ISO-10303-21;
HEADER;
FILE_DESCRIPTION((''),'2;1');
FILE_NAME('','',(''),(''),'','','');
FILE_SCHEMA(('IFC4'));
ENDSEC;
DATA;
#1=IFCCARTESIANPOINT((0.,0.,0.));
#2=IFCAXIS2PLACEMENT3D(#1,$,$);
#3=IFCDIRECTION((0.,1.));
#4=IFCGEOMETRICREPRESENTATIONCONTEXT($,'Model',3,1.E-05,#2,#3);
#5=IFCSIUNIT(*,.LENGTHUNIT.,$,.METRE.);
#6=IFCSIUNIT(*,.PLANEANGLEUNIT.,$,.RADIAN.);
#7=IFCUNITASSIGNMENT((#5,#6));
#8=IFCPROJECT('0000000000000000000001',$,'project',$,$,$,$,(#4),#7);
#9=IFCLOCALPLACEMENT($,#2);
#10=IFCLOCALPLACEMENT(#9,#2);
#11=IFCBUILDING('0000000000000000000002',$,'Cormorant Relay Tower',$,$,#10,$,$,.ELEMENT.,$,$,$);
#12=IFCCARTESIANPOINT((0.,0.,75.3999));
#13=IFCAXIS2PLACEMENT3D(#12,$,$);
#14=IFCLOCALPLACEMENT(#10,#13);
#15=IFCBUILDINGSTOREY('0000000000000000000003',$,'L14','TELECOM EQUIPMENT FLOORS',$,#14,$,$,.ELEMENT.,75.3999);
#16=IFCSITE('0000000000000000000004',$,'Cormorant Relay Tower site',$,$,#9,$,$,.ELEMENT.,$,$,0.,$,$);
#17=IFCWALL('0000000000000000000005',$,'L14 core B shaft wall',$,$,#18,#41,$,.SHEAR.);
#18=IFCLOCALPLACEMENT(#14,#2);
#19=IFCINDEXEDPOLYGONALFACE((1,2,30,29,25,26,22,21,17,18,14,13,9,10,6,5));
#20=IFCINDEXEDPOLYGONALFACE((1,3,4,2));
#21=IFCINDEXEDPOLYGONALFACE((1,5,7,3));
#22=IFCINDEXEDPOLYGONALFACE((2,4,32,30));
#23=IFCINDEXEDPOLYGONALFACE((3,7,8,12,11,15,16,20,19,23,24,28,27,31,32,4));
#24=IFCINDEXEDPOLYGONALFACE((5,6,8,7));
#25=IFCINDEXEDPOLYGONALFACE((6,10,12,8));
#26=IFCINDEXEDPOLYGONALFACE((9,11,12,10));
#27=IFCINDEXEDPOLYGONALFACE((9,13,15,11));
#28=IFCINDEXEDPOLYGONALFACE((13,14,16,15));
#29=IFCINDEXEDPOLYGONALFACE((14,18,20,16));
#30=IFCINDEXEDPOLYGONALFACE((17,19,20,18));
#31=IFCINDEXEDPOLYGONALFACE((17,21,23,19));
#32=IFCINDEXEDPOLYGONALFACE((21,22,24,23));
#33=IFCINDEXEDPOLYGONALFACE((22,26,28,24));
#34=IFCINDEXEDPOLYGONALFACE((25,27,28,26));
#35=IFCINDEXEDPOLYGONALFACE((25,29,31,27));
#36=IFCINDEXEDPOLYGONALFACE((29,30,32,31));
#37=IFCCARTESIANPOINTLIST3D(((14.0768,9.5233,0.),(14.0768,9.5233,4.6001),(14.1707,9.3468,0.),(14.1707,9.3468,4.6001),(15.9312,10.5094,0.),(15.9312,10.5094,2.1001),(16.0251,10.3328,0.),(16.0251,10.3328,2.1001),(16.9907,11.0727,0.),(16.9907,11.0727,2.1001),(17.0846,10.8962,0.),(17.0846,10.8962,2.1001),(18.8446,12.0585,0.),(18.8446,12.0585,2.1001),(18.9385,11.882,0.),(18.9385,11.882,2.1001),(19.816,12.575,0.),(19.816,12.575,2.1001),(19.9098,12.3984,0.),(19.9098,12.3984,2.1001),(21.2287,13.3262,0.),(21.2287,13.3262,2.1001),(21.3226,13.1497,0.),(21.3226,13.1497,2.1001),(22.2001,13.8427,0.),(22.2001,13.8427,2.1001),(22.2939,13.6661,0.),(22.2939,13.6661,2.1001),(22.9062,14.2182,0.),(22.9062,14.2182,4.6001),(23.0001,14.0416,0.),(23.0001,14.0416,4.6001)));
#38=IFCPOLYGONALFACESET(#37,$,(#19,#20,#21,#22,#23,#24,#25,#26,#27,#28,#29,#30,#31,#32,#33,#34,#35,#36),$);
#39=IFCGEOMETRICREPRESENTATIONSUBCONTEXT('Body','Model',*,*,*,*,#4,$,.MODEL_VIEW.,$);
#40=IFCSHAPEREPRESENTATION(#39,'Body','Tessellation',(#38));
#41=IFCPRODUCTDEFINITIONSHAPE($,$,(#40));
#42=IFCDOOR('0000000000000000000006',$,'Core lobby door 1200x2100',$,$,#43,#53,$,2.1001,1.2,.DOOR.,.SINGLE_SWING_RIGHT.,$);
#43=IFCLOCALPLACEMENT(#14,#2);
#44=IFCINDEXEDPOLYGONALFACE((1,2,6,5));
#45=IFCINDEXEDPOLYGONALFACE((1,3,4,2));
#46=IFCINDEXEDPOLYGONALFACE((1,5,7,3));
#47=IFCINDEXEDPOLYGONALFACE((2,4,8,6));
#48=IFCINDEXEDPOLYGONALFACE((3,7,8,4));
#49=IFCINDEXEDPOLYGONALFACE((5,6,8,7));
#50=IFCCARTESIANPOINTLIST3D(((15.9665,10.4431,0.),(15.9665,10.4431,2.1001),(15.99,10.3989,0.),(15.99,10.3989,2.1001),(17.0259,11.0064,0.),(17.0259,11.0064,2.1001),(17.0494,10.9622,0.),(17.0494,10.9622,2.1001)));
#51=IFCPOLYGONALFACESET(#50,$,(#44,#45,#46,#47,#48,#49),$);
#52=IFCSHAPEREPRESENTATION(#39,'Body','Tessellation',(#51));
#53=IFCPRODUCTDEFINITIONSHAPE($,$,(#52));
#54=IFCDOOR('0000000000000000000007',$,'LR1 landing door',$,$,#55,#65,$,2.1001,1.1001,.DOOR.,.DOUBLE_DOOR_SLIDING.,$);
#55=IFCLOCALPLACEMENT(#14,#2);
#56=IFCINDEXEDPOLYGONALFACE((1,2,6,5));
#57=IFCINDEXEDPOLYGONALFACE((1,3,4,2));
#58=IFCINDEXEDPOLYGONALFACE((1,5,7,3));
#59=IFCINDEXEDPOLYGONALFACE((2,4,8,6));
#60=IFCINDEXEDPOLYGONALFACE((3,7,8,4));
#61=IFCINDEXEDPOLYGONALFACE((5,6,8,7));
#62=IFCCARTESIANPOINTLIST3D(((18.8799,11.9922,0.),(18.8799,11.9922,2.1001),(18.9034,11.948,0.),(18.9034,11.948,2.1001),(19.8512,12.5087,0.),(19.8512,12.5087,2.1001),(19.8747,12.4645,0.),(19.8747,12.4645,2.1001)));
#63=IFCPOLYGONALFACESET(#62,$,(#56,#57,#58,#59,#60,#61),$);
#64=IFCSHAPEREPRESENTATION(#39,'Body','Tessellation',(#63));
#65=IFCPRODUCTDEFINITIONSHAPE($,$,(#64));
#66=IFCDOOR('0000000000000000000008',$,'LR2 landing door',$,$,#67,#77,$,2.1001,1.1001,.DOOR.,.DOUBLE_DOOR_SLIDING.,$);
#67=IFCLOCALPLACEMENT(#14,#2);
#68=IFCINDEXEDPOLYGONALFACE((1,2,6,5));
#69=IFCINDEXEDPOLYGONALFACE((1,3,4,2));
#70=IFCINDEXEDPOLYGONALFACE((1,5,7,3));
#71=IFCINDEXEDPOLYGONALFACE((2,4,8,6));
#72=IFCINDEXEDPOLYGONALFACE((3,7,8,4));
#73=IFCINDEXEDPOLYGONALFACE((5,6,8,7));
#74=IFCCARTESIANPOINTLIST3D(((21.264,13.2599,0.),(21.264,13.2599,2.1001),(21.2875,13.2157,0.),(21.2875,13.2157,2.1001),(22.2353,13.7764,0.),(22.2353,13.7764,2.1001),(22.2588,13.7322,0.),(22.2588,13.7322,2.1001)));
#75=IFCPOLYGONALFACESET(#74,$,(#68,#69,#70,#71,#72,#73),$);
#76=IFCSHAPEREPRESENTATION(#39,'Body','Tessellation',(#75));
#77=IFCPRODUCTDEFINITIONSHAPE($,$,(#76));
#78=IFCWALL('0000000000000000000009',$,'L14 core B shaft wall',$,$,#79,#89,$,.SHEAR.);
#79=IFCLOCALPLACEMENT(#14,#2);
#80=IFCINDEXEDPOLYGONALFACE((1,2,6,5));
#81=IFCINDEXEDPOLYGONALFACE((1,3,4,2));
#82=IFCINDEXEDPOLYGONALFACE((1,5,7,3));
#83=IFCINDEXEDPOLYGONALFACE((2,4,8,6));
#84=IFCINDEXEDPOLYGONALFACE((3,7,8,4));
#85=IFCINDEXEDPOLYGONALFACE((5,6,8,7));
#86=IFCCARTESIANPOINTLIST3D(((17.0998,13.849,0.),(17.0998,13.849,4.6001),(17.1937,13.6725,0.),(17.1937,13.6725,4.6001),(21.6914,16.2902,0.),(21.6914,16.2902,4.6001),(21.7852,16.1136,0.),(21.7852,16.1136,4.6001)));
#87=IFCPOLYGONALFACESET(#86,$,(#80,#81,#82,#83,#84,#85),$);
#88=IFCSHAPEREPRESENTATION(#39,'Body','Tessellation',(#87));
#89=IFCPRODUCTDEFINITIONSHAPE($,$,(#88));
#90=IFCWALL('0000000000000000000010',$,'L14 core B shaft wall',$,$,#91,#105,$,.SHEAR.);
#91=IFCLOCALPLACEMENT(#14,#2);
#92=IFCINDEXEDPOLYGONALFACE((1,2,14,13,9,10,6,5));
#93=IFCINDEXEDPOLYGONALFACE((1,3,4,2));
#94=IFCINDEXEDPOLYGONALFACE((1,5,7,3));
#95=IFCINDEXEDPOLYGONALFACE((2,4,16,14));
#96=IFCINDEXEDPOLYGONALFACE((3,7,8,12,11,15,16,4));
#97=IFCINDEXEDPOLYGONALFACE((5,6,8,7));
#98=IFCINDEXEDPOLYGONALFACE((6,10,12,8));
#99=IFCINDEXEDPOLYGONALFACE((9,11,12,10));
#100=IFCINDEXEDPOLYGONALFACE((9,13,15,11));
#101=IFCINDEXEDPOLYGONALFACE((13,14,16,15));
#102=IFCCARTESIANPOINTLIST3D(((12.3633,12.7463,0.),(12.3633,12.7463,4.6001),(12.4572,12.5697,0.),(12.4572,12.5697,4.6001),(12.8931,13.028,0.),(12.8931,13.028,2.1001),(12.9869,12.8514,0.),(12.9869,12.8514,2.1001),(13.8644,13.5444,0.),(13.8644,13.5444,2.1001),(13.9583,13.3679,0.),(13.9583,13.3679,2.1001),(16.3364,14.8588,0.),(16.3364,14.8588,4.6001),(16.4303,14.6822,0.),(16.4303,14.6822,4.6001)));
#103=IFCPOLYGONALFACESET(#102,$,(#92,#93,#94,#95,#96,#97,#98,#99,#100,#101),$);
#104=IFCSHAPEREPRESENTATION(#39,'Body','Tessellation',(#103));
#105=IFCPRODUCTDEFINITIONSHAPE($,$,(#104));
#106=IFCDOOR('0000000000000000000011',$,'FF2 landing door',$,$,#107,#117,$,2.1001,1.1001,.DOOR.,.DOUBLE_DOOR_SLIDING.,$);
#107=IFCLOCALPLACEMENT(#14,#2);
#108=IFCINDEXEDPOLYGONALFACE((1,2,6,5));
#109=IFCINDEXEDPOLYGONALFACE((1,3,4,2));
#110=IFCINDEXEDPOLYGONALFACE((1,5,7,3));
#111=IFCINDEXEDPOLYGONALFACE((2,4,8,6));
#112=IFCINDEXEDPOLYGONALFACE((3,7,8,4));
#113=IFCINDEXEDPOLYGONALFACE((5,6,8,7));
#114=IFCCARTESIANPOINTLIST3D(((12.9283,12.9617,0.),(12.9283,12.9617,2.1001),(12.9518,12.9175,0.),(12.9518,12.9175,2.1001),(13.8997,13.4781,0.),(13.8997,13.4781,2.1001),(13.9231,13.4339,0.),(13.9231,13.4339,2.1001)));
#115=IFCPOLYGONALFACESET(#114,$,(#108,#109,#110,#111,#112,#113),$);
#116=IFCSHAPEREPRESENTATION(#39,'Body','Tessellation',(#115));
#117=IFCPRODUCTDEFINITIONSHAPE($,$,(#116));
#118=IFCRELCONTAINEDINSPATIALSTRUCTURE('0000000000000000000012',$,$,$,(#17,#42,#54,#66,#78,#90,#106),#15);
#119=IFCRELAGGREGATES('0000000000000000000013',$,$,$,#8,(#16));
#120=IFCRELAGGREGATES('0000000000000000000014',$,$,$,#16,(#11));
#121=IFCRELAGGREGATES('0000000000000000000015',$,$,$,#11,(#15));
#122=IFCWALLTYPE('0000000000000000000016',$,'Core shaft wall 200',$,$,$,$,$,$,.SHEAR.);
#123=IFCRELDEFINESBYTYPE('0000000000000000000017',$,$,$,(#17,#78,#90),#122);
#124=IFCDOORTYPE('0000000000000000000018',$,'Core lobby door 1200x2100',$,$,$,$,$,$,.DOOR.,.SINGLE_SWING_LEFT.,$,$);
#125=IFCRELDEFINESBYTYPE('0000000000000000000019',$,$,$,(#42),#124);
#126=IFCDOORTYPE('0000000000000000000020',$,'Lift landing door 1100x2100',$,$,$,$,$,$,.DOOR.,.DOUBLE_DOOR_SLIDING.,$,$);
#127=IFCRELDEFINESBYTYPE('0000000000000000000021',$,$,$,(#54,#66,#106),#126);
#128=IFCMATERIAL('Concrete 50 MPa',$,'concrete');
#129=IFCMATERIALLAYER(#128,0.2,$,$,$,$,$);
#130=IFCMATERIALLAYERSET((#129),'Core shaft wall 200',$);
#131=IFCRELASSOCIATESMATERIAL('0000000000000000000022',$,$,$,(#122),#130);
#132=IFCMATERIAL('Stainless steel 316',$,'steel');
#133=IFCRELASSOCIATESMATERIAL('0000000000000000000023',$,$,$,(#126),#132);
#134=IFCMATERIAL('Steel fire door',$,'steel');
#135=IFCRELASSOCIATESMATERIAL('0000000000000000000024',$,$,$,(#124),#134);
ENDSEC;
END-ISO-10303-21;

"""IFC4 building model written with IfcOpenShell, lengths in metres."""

from ifc_helpers import new_model, si_unit, direction, frame, frame_2d, origin, place, context, subcontext, project, spatial, rectangle, extrude, material, layer, layer_set, type_object, element, fill, save


model = new_model("IFC4")

# Units and contexts
model_context = context("Model", 3, precision=1e-05, world=origin(), true_north=direction((0.0, 1.0)))
body_context = subcontext(model_context, "Body", "Model", "MODEL_VIEW")
ifc_project = project(units=[si_unit("LENGTHUNIT", "METRE"), si_unit("PLANEANGLEUNIT", "RADIAN")], contexts=[model_context])

# Site, building, storey
site_placement = place(None, origin())
site = spatial("IfcSite", under=ifc_project, at=site_placement, Name="Cormorant Relay Tower site", CompositionType="ELEMENT", RefElevation=0.0)
building_placement = place(site_placement, origin())
building = spatial("IfcBuilding", under=site, at=building_placement, Name="Cormorant Relay Tower", CompositionType="ELEMENT")
storey_placement = place(building_placement, frame((0.0, 0.0, 75.3999)))
storey = spatial("IfcBuildingStorey", under=building, at=storey_placement, Name="L14", Description="TELECOM EQUIPMENT FLOORS", CompositionType="ELEMENT", Elevation=75.3999)

# Shared definitions
ifc_material_1 = material(Name="Concrete 50 MPa", Category="concrete")
ifc_layer_1 = layer(ifc_material_1, 0.2)
ifc_layer_set_1 = layer_set([ifc_layer_1], Name="Core shaft wall 200")
wall_type_1 = type_object("IfcWallType", Name="Core shaft wall 200", PredefinedType="SHEAR", material=ifc_layer_set_1)

# Wall, openings, doors
ifc_material_2 = material(Name="Stainless steel 316", Category="steel")
door_type_1 = type_object("IfcDoorType", Name="Lift landing door 1100x2100", OperationType="DOUBLE_DOOR_SLIDING", PredefinedType="DOOR", material=ifc_material_2)
wall_1_placement = place(storey_placement, frame((14.1238, 9.4351, 0.0), z_axis=(0.0, 0.0, 1.0), x_axis=(0.88294, 0.469485, 0.0)))
wall_1 = element("IfcWall", 1, at=wall_1_placement, inside=storey, type_object=wall_type_1, Name="L14 core B shaft wall", PredefinedType="SHEAR", context=body_context, shape_type="SweptSolid", body=[
    extrude(rectangle(XDim=10.0, YDim=0.2, at=frame_2d((5.0, 0.0))), origin(), (0.0, 0.0, 1.0), 4.6001),
])
opening_1_placement = place(wall_1_placement, frame((2.1001, 0.0, 0.0)))
opening_1 = element("IfcOpeningElement", 2, at=opening_1_placement, cuts=wall_1, PredefinedType="OPENING", context=body_context, shape_type="SweptSolid", body=[
    extrude(rectangle(XDim=1.2, YDim=2.1001, at=frame_2d((0.6001, 1.05))), frame((0.0, 0.1099, 0.0), z_axis=(0.0, -1.0, 0.0), x_axis=(1.0, 0.0, 0.0)), (0.0, 0.0, 1.0), 0.22),
])
opening_2_placement = place(wall_1_placement, frame((5.3999, 0.0, 0.0)))
opening_2 = element("IfcOpeningElement", 3, at=opening_2_placement, cuts=wall_1, PredefinedType="OPENING", context=body_context, shape_type="SweptSolid", body=[
    extrude(rectangle(XDim=1.1001, YDim=2.1001, at=frame_2d((0.55, 1.05))), frame((0.0, 0.1099, 0.0), z_axis=(0.0, -1.0, 0.0), x_axis=(1.0, 0.0, 0.0)), (0.0, 0.0, 1.0), 0.22),
])
opening_3_placement = place(wall_1_placement, frame((8.1001, 0.0, 0.0)))
opening_3 = element("IfcOpeningElement", 4, at=opening_3_placement, cuts=wall_1, PredefinedType="OPENING", context=body_context, shape_type="SweptSolid", body=[
    extrude(rectangle(XDim=1.1001, YDim=2.1001, at=frame_2d((0.55, 1.05))), frame((0.0, 0.1099, 0.0), z_axis=(0.0, -1.0, 0.0), x_axis=(1.0, 0.0, 0.0)), (0.0, 0.0, 1.0), 0.22),
])
ifc_material_3 = material(Name="Steel fire door", Category="steel")
door_type_2 = type_object("IfcDoorType", Name="Core lobby door 1200x2100", OperationType="SINGLE_SWING_LEFT", PredefinedType="DOOR", material=ifc_material_3)
door_1_placement = place(opening_1_placement, origin())
door_1 = element("IfcDoor", 5, at=door_1_placement, inside=storey, type_object=door_type_2, Name="Core lobby door 1200x2100", OperationType="SINGLE_SWING_RIGHT", OverallHeight=2.1001, OverallWidth=1.2, PredefinedType="DOOR", context=body_context, shape_type="SweptSolid", body=[
    extrude(rectangle(XDim=1.2, YDim=2.1001, at=frame_2d((0.6001, 1.05))), frame((0.0, 0.0249, 0.0), z_axis=(0.0, -1.0, 0.0), x_axis=(1.0, 0.0, 0.0)), (0.0, 0.0, 1.0), 0.05),
])
fill(opening_1, door_1)
door_2_placement = place(opening_2_placement, origin())
door_2 = element("IfcDoor", 6, at=door_2_placement, inside=storey, type_object=door_type_1, Name="LR1 landing door", OperationType="DOUBLE_DOOR_SLIDING", OverallHeight=2.1001, OverallWidth=1.1001, PredefinedType="DOOR", context=body_context, shape_type="SweptSolid", body=[
    extrude(rectangle(XDim=1.1001, YDim=2.1001, at=frame_2d((0.55, 1.05))), frame((0.0, 0.0249, 0.0), z_axis=(0.0, -1.0, 0.0), x_axis=(1.0, 0.0, 0.0)), (0.0, 0.0, 1.0), 0.05),
])
fill(opening_2, door_2)
door_3_placement = place(opening_3_placement, origin())
door_3 = element("IfcDoor", 7, at=door_3_placement, inside=storey, type_object=door_type_1, Name="LR2 landing door", OperationType="DOUBLE_DOOR_SLIDING", OverallHeight=2.1001, OverallWidth=1.1001, PredefinedType="DOOR", context=body_context, shape_type="SweptSolid", body=[
    extrude(rectangle(XDim=1.1001, YDim=2.1001, at=frame_2d((0.55, 1.05))), frame((0.0, 0.0249, 0.0), z_axis=(0.0, -1.0, 0.0), x_axis=(1.0, 0.0, 0.0)), (0.0, 0.0, 1.0), 0.05),
])
fill(opening_3, door_3)

# Wall
wall_2_placement = place(storey_placement, frame((17.1467, 13.7607, 0.0), z_axis=(0.0, 0.0, 1.0), x_axis=(0.882964, 0.46944, 0.0)))
element("IfcWall", 8, at=wall_2_placement, inside=storey, type_object=wall_type_1, Name="L14 core B shaft wall", PredefinedType="SHEAR", context=body_context, shape_type="SweptSolid", body=[
    extrude(rectangle(XDim=5.2002, YDim=0.2, at=frame_2d((2.6001, 0.0))), origin(), (0.0, 0.0, 1.0), 4.6001),
])

# Wall, opening, door
wall_3_placement = place(storey_placement, frame((12.4102, 12.658, 0.0), z_axis=(0.0, 0.0, 1.0), x_axis=(0.882948, 0.46947, 0.0)))
wall_3 = element("IfcWall", 9, at=wall_3_placement, inside=storey, type_object=wall_type_1, Name="L14 core B shaft wall", PredefinedType="SHEAR", context=body_context, shape_type="SweptSolid", body=[
    extrude(rectangle(XDim=4.4998, YDim=0.2, at=frame_2d((2.25, 0.0))), origin(), (0.0, 0.0, 1.0), 4.6001),
])
opening_4_placement = place(wall_3_placement, frame((0.6001, 0.0, 0.0)))
opening_4 = element("IfcOpeningElement", 10, at=opening_4_placement, cuts=wall_3, PredefinedType="OPENING", context=body_context, shape_type="SweptSolid", body=[
    extrude(rectangle(XDim=1.1001, YDim=2.1001, at=frame_2d((0.55, 1.05))), frame((0.0, 0.1099, 0.0), z_axis=(0.0, -1.0, 0.0), x_axis=(1.0, 0.0, 0.0)), (0.0, 0.0, 1.0), 0.22),
])
door_4_placement = place(opening_4_placement, origin())
door_4 = element("IfcDoor", 11, at=door_4_placement, inside=storey, type_object=door_type_1, Name="FF2 landing door", OperationType="DOUBLE_DOOR_SLIDING", OverallHeight=2.1001, OverallWidth=1.1001, PredefinedType="DOOR", context=body_context, shape_type="SweptSolid", body=[
    extrude(rectangle(XDim=1.1001, YDim=2.1001, at=frame_2d((0.55, 1.05))), frame((0.0, 0.0249, 0.0), z_axis=(0.0, -1.0, 0.0), x_axis=(1.0, 0.0, 0.0)), (0.0, 0.0, 1.0), 0.05),
])
fill(opening_4, door_4)

save(model, "model.ifc")
